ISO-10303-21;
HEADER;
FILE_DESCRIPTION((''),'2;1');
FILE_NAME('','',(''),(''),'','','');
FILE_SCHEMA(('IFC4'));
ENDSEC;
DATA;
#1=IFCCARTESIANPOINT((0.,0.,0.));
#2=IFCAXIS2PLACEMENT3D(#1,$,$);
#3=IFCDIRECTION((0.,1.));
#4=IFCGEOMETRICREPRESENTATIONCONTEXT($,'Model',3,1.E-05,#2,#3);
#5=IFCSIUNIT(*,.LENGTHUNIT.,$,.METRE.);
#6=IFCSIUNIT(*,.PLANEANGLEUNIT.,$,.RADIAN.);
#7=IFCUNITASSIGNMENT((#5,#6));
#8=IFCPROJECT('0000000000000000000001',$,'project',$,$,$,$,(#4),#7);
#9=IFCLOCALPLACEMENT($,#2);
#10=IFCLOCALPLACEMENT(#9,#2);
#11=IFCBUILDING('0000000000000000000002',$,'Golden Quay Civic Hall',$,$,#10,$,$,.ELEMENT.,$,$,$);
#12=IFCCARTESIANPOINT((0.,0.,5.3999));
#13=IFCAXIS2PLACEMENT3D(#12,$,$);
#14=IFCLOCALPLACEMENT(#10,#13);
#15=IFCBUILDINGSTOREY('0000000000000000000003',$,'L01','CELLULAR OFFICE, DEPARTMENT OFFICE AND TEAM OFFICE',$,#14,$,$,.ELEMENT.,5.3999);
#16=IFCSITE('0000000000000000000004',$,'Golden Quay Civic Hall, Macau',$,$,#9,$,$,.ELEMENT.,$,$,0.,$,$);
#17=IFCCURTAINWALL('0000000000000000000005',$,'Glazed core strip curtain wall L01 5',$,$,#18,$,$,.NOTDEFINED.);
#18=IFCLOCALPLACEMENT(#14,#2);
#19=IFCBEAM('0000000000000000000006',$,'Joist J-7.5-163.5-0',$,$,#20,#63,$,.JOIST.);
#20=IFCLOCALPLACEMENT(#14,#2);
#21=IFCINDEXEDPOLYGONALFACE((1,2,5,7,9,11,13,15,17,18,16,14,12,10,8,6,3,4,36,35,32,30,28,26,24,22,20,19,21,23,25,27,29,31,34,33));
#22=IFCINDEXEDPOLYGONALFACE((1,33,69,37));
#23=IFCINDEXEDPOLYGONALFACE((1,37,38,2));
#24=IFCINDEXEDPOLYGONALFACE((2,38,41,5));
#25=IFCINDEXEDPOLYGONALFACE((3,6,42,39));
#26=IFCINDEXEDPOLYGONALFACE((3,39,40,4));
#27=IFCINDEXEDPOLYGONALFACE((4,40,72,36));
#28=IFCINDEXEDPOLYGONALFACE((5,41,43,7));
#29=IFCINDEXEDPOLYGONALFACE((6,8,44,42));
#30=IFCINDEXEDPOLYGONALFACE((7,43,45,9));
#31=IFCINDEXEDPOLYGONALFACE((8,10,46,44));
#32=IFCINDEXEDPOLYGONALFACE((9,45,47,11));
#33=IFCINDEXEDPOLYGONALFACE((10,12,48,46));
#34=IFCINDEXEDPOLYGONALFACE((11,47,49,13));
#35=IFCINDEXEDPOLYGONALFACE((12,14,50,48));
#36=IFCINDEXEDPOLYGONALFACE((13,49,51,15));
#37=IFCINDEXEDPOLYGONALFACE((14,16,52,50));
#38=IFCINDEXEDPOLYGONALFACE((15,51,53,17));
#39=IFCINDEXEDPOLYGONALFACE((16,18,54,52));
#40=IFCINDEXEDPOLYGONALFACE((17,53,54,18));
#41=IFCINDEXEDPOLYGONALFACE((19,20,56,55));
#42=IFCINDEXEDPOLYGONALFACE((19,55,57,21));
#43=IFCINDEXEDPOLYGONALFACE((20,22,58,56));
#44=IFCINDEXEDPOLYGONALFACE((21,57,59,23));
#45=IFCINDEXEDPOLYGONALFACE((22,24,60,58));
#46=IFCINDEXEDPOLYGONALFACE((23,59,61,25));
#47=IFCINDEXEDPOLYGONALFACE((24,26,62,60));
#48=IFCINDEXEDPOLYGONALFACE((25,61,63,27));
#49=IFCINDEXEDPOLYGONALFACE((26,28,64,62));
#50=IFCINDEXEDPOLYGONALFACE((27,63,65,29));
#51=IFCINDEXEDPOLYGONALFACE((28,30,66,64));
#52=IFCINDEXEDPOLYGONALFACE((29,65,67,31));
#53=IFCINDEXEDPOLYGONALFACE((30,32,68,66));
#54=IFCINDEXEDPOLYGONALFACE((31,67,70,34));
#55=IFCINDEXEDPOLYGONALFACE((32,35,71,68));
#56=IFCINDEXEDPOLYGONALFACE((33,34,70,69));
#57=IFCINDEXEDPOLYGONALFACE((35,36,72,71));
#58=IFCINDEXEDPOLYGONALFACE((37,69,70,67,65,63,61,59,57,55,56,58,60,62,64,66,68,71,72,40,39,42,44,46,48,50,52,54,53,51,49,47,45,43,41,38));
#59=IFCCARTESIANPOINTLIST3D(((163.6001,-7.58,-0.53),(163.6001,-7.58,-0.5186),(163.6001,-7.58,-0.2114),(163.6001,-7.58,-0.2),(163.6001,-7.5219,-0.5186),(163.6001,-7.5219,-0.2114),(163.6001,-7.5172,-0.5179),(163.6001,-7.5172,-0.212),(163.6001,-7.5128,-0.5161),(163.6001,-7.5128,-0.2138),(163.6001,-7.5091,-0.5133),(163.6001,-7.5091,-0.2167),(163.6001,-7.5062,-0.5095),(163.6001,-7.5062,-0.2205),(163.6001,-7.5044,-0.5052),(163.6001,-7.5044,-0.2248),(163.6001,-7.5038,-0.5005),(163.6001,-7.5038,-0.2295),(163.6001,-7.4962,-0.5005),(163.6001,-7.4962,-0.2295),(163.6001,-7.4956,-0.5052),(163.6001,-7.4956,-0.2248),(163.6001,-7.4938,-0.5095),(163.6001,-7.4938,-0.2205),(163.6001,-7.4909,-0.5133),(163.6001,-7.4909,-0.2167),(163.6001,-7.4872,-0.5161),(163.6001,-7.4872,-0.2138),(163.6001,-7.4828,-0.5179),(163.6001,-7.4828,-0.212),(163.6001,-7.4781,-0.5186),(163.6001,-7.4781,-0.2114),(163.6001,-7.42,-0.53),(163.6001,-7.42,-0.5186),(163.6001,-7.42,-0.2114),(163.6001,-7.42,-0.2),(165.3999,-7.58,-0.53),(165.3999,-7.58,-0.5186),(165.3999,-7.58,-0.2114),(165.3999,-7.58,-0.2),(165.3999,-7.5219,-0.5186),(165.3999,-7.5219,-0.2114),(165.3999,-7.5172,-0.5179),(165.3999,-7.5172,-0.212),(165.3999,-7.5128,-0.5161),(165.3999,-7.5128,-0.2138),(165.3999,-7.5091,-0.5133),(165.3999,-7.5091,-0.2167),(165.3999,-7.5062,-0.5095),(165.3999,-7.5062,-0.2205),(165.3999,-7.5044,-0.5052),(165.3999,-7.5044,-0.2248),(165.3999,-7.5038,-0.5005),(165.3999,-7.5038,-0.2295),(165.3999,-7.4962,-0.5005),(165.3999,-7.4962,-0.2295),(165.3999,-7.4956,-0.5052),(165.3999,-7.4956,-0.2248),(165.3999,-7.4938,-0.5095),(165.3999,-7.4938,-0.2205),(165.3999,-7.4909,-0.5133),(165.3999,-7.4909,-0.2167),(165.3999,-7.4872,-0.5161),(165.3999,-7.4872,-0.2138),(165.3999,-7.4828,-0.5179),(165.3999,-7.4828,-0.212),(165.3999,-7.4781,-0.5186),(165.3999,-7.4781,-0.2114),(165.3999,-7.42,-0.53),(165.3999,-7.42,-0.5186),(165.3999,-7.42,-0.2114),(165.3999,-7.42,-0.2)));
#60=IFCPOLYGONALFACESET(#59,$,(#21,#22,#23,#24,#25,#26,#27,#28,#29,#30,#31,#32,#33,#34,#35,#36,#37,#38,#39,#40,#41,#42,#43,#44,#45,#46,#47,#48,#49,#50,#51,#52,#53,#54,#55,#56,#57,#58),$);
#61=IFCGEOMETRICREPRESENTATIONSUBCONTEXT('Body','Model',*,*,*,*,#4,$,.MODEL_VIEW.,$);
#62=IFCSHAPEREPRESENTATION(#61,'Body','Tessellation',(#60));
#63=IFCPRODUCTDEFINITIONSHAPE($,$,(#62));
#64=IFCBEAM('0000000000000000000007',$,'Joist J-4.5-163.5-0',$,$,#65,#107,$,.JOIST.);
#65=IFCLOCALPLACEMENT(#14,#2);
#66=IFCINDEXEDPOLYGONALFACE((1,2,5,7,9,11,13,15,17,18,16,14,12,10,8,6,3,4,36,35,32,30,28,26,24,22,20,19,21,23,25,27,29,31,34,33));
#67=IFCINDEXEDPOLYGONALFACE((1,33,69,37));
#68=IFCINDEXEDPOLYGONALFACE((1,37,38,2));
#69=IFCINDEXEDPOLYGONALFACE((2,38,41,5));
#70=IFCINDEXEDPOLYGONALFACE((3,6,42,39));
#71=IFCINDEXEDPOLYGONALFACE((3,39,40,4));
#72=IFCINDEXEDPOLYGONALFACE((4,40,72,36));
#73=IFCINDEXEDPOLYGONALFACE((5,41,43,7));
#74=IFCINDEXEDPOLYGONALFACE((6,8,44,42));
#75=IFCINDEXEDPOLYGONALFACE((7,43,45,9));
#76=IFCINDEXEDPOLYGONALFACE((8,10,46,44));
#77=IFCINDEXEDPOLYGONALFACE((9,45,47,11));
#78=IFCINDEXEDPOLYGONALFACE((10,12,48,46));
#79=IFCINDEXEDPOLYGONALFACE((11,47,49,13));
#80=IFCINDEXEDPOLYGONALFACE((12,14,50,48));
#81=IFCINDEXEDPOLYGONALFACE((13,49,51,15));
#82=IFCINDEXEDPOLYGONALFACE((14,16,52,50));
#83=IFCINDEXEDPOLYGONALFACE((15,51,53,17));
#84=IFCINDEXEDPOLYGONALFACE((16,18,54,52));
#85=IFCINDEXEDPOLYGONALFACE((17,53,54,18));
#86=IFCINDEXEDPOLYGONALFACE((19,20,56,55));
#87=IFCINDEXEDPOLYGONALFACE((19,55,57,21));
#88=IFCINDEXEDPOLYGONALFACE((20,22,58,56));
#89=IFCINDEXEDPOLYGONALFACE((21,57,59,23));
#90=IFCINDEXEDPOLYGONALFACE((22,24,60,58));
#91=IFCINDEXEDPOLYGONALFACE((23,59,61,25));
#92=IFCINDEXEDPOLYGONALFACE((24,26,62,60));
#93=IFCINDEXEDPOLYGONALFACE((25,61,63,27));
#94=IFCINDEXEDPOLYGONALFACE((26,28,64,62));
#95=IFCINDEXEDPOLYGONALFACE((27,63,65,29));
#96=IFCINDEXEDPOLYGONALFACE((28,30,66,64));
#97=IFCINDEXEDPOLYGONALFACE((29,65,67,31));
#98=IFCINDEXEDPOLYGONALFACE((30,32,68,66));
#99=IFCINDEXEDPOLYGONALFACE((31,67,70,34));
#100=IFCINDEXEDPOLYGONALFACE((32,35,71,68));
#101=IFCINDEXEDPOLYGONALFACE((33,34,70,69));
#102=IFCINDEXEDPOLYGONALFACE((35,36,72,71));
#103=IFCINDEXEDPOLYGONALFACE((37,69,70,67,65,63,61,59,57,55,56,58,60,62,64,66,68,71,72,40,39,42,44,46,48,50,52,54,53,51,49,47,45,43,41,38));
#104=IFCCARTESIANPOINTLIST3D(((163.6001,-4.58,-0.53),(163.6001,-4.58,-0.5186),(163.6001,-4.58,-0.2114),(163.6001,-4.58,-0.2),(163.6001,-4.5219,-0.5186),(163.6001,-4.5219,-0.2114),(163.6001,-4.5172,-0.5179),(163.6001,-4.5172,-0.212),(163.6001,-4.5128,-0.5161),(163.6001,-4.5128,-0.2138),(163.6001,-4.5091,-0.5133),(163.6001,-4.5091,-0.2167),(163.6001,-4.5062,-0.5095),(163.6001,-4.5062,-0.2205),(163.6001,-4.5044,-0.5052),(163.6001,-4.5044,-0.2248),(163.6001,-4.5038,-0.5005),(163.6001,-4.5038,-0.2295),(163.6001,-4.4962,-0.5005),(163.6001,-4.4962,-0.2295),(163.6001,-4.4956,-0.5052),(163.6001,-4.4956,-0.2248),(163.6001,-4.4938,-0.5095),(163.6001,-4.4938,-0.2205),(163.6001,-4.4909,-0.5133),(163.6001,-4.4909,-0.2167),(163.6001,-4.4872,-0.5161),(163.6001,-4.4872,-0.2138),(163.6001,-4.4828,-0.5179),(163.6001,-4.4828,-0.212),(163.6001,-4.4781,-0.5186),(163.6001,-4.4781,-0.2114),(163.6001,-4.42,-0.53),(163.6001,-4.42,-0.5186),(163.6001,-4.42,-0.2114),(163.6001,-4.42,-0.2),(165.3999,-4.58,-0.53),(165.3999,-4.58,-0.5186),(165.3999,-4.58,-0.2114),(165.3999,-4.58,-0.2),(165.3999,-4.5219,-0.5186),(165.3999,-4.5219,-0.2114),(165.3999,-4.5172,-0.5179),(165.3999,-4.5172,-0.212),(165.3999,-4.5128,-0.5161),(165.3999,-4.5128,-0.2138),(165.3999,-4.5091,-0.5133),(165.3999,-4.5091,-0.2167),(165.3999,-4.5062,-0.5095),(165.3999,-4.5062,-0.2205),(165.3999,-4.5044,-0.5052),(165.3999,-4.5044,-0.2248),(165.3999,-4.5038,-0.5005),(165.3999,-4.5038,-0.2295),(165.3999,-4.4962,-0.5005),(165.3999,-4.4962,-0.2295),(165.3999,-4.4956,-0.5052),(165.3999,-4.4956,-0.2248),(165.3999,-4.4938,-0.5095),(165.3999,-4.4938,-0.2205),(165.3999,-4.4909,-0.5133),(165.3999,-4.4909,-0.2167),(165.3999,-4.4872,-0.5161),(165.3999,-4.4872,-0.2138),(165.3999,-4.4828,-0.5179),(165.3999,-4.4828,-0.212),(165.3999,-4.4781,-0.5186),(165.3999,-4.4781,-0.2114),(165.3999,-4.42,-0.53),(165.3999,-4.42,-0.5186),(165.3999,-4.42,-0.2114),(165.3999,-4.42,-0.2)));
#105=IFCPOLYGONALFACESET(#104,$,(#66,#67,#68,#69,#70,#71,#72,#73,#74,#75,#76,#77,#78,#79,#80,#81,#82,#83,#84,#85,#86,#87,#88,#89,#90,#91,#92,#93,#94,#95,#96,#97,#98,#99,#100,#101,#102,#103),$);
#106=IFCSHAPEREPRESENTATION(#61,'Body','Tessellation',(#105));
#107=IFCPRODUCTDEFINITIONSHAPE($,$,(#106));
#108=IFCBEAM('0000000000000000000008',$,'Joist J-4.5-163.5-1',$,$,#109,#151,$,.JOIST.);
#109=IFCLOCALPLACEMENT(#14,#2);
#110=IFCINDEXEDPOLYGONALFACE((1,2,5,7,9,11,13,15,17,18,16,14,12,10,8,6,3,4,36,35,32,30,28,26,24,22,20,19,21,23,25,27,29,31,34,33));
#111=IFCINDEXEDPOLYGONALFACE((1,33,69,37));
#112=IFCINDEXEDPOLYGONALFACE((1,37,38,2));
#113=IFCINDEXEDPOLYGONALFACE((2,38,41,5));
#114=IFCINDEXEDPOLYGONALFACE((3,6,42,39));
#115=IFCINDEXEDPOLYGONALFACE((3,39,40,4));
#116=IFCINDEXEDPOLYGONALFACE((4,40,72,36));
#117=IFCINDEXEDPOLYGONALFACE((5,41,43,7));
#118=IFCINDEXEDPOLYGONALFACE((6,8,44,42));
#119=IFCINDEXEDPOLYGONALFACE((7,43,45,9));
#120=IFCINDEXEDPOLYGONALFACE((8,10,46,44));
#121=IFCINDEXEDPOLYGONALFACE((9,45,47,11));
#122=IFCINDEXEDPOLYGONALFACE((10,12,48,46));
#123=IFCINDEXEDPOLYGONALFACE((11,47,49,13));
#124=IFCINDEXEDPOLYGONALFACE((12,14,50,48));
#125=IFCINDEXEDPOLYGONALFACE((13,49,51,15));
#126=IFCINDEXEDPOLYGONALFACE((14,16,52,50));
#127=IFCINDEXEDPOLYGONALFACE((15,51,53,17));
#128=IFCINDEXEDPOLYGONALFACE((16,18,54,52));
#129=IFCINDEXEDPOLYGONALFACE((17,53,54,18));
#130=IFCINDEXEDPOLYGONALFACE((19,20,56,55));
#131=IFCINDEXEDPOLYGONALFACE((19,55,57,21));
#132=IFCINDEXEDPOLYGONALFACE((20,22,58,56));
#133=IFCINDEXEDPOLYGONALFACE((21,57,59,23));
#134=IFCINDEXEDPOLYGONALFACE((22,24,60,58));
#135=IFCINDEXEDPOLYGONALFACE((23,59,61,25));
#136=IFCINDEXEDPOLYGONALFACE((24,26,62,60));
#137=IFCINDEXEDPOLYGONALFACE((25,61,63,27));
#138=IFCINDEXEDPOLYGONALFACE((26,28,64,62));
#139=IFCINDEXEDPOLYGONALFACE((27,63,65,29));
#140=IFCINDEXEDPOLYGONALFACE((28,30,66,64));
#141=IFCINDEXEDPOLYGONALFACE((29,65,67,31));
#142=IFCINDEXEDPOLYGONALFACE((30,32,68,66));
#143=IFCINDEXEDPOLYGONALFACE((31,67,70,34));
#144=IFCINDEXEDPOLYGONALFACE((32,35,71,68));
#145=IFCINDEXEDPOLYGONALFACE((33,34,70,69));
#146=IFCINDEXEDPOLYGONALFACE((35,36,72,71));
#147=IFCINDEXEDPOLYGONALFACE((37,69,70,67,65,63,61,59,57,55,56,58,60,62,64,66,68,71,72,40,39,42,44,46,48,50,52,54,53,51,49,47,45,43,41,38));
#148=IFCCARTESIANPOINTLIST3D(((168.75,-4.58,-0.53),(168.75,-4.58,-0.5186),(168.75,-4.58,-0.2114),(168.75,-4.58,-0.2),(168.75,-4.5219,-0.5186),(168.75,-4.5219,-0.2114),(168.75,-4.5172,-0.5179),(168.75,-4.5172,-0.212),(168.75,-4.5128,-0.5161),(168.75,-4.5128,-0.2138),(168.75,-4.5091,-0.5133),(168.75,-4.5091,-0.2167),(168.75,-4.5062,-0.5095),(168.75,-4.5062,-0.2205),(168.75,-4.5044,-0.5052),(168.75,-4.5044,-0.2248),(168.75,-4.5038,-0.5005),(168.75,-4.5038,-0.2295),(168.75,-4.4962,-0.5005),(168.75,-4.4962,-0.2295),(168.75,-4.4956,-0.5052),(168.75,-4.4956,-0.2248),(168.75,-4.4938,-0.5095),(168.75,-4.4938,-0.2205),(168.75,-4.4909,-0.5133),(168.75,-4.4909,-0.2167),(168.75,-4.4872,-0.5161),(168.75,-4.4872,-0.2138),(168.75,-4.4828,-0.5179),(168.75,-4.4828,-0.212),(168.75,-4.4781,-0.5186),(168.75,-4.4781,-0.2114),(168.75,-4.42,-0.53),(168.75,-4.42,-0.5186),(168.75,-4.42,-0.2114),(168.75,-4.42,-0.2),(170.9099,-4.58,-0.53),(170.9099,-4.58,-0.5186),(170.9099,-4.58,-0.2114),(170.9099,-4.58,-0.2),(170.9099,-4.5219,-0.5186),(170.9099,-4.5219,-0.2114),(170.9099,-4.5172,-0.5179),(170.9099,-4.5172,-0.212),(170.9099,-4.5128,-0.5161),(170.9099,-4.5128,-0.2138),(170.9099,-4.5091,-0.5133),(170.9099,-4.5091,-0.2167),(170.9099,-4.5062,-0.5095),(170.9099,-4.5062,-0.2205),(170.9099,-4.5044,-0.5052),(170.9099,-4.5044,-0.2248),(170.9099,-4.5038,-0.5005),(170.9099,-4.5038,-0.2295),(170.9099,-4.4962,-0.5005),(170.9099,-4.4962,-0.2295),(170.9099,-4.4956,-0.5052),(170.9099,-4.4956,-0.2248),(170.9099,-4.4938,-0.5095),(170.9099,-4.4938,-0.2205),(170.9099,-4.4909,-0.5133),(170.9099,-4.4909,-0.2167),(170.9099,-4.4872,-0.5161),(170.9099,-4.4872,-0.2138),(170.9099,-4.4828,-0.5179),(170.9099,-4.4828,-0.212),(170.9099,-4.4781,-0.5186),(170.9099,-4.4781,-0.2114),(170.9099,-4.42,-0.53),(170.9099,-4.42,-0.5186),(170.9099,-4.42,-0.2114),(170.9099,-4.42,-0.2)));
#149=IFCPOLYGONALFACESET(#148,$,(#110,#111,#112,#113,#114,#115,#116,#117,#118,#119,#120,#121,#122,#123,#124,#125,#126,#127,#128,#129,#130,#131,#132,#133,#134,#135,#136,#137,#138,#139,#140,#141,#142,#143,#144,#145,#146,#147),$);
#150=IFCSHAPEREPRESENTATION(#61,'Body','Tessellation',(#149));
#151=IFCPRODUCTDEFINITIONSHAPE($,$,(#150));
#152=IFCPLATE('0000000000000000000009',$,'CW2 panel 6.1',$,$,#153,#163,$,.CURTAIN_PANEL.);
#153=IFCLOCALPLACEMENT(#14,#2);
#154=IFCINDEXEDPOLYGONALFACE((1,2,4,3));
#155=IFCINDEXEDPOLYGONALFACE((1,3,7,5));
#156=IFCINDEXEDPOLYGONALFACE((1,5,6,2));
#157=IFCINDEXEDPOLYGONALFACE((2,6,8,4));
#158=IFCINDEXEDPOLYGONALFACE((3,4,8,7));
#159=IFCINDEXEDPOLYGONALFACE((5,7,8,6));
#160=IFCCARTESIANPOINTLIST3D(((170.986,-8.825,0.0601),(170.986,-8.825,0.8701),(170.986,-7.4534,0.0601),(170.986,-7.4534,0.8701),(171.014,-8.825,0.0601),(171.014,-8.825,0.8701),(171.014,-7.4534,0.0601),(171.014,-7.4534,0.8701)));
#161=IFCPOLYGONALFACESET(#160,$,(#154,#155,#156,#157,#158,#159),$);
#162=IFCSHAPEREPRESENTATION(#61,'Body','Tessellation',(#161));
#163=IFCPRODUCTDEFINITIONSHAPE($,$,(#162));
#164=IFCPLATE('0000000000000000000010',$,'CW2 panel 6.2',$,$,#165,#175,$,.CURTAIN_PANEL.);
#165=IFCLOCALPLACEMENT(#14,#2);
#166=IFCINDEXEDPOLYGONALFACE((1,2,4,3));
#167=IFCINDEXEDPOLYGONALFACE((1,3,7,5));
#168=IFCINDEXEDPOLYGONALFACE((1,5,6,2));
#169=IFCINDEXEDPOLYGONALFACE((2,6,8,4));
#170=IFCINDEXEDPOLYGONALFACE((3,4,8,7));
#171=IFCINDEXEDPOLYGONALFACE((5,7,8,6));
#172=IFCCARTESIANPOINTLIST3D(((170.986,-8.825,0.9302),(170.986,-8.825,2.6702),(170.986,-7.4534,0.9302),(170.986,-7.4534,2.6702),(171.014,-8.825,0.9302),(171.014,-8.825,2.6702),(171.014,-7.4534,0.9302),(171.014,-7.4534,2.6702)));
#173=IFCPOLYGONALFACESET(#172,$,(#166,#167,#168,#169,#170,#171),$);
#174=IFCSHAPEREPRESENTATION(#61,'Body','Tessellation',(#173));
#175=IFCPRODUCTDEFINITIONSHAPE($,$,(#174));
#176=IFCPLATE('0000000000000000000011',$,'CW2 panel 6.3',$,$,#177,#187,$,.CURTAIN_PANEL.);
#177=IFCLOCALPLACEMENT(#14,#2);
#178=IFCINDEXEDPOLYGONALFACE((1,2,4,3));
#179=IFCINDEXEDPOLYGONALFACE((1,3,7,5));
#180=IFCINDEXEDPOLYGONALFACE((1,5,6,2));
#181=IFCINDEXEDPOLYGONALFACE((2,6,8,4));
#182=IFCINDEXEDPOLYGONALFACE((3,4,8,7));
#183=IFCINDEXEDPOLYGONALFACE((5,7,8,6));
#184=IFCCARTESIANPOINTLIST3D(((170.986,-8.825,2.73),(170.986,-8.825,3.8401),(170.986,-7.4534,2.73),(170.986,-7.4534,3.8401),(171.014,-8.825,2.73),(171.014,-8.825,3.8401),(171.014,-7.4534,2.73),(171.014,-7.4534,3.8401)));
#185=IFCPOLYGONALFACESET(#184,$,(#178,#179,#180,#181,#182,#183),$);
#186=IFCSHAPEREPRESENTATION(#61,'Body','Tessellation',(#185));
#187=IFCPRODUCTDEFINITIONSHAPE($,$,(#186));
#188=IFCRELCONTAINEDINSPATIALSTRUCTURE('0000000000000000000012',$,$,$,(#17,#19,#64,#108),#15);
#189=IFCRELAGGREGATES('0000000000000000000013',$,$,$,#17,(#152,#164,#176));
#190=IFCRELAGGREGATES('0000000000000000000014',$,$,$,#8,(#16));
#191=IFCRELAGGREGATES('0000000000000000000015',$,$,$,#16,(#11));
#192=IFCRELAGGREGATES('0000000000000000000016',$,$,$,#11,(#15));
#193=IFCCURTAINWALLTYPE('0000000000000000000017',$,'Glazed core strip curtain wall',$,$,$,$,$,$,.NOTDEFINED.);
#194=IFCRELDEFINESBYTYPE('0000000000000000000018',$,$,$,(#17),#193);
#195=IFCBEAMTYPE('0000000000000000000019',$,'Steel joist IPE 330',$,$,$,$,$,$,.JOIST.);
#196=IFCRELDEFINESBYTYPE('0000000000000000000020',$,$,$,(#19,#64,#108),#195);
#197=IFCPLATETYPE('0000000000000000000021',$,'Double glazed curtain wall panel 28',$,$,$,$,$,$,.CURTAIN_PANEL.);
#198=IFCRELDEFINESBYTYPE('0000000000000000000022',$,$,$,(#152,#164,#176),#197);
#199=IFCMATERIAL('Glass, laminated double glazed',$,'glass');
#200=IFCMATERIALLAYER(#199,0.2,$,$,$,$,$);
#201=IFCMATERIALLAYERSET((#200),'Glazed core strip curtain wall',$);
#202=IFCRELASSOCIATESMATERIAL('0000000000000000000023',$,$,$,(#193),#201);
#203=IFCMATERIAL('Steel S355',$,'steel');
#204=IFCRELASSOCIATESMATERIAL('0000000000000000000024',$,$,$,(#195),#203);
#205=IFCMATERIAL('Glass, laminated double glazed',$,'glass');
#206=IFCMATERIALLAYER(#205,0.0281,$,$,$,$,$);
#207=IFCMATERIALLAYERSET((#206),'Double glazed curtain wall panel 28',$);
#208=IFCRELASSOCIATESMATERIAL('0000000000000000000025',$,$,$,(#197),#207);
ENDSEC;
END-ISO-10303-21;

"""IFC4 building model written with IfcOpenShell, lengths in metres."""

from ifc_helpers import new_model, si_unit, direction, frame, origin, origin_2d, place, context, subcontext, project, spatial, rectangle, i_section, extrude, material, layer, layer_set, material_profile, profile_set, type_object, element, aggregate, save


model = new_model("IFC4")

# Units and contexts
model_context = context("Model", 3, precision=1e-05, world=origin(), true_north=direction((0.0, 1.0)))
body_context = subcontext(model_context, "Body", "Model", "MODEL_VIEW")
ifc_project = project(units=[si_unit("LENGTHUNIT", "METRE"), si_unit("PLANEANGLEUNIT", "RADIAN")], contexts=[model_context])

# Site, building, storey
site_placement = place(None, origin())
site = spatial("IfcSite", under=ifc_project, at=site_placement, Name="Golden Quay Civic Hall, Macau", CompositionType="ELEMENT", RefElevation=0.0)
building_placement = place(site_placement, origin())
building = spatial("IfcBuilding", under=site, at=building_placement, Name="Golden Quay Civic Hall", CompositionType="ELEMENT")
storey_placement = place(building_placement, frame((0.0, 0.0, 5.3999)))
storey = spatial("IfcBuildingStorey", under=building, at=storey_placement, Name="L01", Description="CELLULAR OFFICE, DEPARTMENT OFFICE AND TEAM OFFICE", CompositionType="ELEMENT", Elevation=5.3999)

# Curtain wall
ifc_material_1 = material(Name="Glass, laminated double glazed", Category="glass")
ifc_layer_1 = layer(ifc_material_1, 0.2)
ifc_layer_set_1 = layer_set([ifc_layer_1], Name="Glazed core strip curtain wall")
curtain_wall_type = type_object("IfcCurtainWallType", Name="Glazed core strip curtain wall", PredefinedType="NOTDEFINED", material=ifc_layer_set_1)
curtain_wall_placement = place(storey_placement, origin())
curtain_wall = element("IfcCurtainWall", 1, at=curtain_wall_placement, inside=storey, type_object=curtain_wall_type, Name="Glazed core strip curtain wall L01 5", PredefinedType="NOTDEFINED")

# Beams
ifc_material_2 = material(Name="Steel S355", Category="steel")
ifc_material_profile_1 = material_profile(ifc_material_2, i_section(OverallWidth=0.1599, OverallDepth=0.3301, WebThickness=0.0076, FlangeThickness=0.0115, FilletRadius=0.0181, at=origin_2d()), Name="IPE 330")
ifc_profile_set_1 = profile_set([ifc_material_profile_1], Name="Steel S355")
beam_type_1 = type_object("IfcBeamType", Name="Steel joist IPE 330", PredefinedType="JOIST", material=ifc_profile_set_1)
for number, where, z_axis, x_axis, name in (
    (2, (163.6001, -7.5, -0.365), (1.0, 0.0, 0.0), (0.0, 1.0, 0.0), "Joist J-7.5-163.5-0"),
    (3, (163.6001, -4.5, -0.365), (1.0, 0.0, 0.0), (0.0, 1.0, 0.0), "Joist J-4.5-163.5-0"),
):
    element("IfcBeam", number, at=place(storey_placement, frame(where, z_axis=z_axis, x_axis=x_axis)), inside=storey, type_object=beam_type_1, Name=name, PredefinedType="JOIST", context=body_context, shape_type="SweptSolid", body=[
        extrude(i_section(OverallWidth=0.1599, OverallDepth=0.3301, WebThickness=0.0076, FlangeThickness=0.0115, FilletRadius=0.0181, at=origin_2d()), origin(), (0.0, 0.0, 1.0), 1.7998),
    ])
beam_1_placement = place(storey_placement, frame((168.75, -4.5, -0.365), z_axis=(1.0, 0.0, 0.0), x_axis=(0.0, 1.0, 0.0)))
element("IfcBeam", 4, at=beam_1_placement, inside=storey, type_object=beam_type_1, Name="Joist J-4.5-163.5-1", PredefinedType="JOIST", context=body_context, shape_type="SweptSolid", body=[
    extrude(i_section(OverallWidth=0.1599, OverallDepth=0.3301, WebThickness=0.0076, FlangeThickness=0.0115, FilletRadius=0.0181, at=origin_2d()), origin(), (0.0, 0.0, 1.0), 2.1599),
])

# Plates
ifc_material_3 = material(Name="Glass, laminated double glazed", Category="glass")
ifc_layer_2 = layer(ifc_material_3, 0.0281)
ifc_layer_set_2 = layer_set([ifc_layer_2], Name="Double glazed curtain wall panel 28")
plate_type = type_object("IfcPlateType", Name="Double glazed curtain wall panel 28", PredefinedType="CURTAIN_PANEL", material=ifc_layer_set_2)
plate_1_placement = place(storey_placement, frame((171.0, -8.1392, 0.0601), z_axis=(0.0, 0.0, 1.0), x_axis=(0.0, -1.0, 0.0)))
plate_1 = element("IfcPlate", 5, at=plate_1_placement, type_object=plate_type, Name="CW2 panel 6.1", PredefinedType="CURTAIN_PANEL", context=body_context, shape_type="SweptSolid", body=[
    extrude(rectangle(XDim=1.3716, YDim=0.0281, at=origin_2d()), origin(), (0.0, 0.0, 1.0), 0.8101),
])
plate_2_placement = place(storey_placement, frame((171.0, -8.1392, 0.9302), z_axis=(0.0, 0.0, 1.0), x_axis=(0.0, -1.0, 0.0)))
plate_2 = element("IfcPlate", 6, at=plate_2_placement, type_object=plate_type, Name="CW2 panel 6.2", PredefinedType="CURTAIN_PANEL", context=body_context, shape_type="SweptSolid", body=[
    extrude(rectangle(XDim=1.3716, YDim=0.0281, at=origin_2d()), origin(), (0.0, 0.0, 1.0), 1.74),
])
plate_3_placement = place(storey_placement, frame((171.0, -8.1392, 2.73), z_axis=(0.0, 0.0, 1.0), x_axis=(0.0, -1.0, 0.0)))
plate_3 = element("IfcPlate", 7, at=plate_3_placement, type_object=plate_type, Name="CW2 panel 6.3", PredefinedType="CURTAIN_PANEL", context=body_context, shape_type="SweptSolid", body=[
    extrude(rectangle(XDim=1.3716, YDim=0.0281, at=origin_2d()), origin(), (0.0, 0.0, 1.0), 1.1101),
])
aggregate(curtain_wall, [plate_1, plate_2, plate_3])

save(model, "model.ifc")
